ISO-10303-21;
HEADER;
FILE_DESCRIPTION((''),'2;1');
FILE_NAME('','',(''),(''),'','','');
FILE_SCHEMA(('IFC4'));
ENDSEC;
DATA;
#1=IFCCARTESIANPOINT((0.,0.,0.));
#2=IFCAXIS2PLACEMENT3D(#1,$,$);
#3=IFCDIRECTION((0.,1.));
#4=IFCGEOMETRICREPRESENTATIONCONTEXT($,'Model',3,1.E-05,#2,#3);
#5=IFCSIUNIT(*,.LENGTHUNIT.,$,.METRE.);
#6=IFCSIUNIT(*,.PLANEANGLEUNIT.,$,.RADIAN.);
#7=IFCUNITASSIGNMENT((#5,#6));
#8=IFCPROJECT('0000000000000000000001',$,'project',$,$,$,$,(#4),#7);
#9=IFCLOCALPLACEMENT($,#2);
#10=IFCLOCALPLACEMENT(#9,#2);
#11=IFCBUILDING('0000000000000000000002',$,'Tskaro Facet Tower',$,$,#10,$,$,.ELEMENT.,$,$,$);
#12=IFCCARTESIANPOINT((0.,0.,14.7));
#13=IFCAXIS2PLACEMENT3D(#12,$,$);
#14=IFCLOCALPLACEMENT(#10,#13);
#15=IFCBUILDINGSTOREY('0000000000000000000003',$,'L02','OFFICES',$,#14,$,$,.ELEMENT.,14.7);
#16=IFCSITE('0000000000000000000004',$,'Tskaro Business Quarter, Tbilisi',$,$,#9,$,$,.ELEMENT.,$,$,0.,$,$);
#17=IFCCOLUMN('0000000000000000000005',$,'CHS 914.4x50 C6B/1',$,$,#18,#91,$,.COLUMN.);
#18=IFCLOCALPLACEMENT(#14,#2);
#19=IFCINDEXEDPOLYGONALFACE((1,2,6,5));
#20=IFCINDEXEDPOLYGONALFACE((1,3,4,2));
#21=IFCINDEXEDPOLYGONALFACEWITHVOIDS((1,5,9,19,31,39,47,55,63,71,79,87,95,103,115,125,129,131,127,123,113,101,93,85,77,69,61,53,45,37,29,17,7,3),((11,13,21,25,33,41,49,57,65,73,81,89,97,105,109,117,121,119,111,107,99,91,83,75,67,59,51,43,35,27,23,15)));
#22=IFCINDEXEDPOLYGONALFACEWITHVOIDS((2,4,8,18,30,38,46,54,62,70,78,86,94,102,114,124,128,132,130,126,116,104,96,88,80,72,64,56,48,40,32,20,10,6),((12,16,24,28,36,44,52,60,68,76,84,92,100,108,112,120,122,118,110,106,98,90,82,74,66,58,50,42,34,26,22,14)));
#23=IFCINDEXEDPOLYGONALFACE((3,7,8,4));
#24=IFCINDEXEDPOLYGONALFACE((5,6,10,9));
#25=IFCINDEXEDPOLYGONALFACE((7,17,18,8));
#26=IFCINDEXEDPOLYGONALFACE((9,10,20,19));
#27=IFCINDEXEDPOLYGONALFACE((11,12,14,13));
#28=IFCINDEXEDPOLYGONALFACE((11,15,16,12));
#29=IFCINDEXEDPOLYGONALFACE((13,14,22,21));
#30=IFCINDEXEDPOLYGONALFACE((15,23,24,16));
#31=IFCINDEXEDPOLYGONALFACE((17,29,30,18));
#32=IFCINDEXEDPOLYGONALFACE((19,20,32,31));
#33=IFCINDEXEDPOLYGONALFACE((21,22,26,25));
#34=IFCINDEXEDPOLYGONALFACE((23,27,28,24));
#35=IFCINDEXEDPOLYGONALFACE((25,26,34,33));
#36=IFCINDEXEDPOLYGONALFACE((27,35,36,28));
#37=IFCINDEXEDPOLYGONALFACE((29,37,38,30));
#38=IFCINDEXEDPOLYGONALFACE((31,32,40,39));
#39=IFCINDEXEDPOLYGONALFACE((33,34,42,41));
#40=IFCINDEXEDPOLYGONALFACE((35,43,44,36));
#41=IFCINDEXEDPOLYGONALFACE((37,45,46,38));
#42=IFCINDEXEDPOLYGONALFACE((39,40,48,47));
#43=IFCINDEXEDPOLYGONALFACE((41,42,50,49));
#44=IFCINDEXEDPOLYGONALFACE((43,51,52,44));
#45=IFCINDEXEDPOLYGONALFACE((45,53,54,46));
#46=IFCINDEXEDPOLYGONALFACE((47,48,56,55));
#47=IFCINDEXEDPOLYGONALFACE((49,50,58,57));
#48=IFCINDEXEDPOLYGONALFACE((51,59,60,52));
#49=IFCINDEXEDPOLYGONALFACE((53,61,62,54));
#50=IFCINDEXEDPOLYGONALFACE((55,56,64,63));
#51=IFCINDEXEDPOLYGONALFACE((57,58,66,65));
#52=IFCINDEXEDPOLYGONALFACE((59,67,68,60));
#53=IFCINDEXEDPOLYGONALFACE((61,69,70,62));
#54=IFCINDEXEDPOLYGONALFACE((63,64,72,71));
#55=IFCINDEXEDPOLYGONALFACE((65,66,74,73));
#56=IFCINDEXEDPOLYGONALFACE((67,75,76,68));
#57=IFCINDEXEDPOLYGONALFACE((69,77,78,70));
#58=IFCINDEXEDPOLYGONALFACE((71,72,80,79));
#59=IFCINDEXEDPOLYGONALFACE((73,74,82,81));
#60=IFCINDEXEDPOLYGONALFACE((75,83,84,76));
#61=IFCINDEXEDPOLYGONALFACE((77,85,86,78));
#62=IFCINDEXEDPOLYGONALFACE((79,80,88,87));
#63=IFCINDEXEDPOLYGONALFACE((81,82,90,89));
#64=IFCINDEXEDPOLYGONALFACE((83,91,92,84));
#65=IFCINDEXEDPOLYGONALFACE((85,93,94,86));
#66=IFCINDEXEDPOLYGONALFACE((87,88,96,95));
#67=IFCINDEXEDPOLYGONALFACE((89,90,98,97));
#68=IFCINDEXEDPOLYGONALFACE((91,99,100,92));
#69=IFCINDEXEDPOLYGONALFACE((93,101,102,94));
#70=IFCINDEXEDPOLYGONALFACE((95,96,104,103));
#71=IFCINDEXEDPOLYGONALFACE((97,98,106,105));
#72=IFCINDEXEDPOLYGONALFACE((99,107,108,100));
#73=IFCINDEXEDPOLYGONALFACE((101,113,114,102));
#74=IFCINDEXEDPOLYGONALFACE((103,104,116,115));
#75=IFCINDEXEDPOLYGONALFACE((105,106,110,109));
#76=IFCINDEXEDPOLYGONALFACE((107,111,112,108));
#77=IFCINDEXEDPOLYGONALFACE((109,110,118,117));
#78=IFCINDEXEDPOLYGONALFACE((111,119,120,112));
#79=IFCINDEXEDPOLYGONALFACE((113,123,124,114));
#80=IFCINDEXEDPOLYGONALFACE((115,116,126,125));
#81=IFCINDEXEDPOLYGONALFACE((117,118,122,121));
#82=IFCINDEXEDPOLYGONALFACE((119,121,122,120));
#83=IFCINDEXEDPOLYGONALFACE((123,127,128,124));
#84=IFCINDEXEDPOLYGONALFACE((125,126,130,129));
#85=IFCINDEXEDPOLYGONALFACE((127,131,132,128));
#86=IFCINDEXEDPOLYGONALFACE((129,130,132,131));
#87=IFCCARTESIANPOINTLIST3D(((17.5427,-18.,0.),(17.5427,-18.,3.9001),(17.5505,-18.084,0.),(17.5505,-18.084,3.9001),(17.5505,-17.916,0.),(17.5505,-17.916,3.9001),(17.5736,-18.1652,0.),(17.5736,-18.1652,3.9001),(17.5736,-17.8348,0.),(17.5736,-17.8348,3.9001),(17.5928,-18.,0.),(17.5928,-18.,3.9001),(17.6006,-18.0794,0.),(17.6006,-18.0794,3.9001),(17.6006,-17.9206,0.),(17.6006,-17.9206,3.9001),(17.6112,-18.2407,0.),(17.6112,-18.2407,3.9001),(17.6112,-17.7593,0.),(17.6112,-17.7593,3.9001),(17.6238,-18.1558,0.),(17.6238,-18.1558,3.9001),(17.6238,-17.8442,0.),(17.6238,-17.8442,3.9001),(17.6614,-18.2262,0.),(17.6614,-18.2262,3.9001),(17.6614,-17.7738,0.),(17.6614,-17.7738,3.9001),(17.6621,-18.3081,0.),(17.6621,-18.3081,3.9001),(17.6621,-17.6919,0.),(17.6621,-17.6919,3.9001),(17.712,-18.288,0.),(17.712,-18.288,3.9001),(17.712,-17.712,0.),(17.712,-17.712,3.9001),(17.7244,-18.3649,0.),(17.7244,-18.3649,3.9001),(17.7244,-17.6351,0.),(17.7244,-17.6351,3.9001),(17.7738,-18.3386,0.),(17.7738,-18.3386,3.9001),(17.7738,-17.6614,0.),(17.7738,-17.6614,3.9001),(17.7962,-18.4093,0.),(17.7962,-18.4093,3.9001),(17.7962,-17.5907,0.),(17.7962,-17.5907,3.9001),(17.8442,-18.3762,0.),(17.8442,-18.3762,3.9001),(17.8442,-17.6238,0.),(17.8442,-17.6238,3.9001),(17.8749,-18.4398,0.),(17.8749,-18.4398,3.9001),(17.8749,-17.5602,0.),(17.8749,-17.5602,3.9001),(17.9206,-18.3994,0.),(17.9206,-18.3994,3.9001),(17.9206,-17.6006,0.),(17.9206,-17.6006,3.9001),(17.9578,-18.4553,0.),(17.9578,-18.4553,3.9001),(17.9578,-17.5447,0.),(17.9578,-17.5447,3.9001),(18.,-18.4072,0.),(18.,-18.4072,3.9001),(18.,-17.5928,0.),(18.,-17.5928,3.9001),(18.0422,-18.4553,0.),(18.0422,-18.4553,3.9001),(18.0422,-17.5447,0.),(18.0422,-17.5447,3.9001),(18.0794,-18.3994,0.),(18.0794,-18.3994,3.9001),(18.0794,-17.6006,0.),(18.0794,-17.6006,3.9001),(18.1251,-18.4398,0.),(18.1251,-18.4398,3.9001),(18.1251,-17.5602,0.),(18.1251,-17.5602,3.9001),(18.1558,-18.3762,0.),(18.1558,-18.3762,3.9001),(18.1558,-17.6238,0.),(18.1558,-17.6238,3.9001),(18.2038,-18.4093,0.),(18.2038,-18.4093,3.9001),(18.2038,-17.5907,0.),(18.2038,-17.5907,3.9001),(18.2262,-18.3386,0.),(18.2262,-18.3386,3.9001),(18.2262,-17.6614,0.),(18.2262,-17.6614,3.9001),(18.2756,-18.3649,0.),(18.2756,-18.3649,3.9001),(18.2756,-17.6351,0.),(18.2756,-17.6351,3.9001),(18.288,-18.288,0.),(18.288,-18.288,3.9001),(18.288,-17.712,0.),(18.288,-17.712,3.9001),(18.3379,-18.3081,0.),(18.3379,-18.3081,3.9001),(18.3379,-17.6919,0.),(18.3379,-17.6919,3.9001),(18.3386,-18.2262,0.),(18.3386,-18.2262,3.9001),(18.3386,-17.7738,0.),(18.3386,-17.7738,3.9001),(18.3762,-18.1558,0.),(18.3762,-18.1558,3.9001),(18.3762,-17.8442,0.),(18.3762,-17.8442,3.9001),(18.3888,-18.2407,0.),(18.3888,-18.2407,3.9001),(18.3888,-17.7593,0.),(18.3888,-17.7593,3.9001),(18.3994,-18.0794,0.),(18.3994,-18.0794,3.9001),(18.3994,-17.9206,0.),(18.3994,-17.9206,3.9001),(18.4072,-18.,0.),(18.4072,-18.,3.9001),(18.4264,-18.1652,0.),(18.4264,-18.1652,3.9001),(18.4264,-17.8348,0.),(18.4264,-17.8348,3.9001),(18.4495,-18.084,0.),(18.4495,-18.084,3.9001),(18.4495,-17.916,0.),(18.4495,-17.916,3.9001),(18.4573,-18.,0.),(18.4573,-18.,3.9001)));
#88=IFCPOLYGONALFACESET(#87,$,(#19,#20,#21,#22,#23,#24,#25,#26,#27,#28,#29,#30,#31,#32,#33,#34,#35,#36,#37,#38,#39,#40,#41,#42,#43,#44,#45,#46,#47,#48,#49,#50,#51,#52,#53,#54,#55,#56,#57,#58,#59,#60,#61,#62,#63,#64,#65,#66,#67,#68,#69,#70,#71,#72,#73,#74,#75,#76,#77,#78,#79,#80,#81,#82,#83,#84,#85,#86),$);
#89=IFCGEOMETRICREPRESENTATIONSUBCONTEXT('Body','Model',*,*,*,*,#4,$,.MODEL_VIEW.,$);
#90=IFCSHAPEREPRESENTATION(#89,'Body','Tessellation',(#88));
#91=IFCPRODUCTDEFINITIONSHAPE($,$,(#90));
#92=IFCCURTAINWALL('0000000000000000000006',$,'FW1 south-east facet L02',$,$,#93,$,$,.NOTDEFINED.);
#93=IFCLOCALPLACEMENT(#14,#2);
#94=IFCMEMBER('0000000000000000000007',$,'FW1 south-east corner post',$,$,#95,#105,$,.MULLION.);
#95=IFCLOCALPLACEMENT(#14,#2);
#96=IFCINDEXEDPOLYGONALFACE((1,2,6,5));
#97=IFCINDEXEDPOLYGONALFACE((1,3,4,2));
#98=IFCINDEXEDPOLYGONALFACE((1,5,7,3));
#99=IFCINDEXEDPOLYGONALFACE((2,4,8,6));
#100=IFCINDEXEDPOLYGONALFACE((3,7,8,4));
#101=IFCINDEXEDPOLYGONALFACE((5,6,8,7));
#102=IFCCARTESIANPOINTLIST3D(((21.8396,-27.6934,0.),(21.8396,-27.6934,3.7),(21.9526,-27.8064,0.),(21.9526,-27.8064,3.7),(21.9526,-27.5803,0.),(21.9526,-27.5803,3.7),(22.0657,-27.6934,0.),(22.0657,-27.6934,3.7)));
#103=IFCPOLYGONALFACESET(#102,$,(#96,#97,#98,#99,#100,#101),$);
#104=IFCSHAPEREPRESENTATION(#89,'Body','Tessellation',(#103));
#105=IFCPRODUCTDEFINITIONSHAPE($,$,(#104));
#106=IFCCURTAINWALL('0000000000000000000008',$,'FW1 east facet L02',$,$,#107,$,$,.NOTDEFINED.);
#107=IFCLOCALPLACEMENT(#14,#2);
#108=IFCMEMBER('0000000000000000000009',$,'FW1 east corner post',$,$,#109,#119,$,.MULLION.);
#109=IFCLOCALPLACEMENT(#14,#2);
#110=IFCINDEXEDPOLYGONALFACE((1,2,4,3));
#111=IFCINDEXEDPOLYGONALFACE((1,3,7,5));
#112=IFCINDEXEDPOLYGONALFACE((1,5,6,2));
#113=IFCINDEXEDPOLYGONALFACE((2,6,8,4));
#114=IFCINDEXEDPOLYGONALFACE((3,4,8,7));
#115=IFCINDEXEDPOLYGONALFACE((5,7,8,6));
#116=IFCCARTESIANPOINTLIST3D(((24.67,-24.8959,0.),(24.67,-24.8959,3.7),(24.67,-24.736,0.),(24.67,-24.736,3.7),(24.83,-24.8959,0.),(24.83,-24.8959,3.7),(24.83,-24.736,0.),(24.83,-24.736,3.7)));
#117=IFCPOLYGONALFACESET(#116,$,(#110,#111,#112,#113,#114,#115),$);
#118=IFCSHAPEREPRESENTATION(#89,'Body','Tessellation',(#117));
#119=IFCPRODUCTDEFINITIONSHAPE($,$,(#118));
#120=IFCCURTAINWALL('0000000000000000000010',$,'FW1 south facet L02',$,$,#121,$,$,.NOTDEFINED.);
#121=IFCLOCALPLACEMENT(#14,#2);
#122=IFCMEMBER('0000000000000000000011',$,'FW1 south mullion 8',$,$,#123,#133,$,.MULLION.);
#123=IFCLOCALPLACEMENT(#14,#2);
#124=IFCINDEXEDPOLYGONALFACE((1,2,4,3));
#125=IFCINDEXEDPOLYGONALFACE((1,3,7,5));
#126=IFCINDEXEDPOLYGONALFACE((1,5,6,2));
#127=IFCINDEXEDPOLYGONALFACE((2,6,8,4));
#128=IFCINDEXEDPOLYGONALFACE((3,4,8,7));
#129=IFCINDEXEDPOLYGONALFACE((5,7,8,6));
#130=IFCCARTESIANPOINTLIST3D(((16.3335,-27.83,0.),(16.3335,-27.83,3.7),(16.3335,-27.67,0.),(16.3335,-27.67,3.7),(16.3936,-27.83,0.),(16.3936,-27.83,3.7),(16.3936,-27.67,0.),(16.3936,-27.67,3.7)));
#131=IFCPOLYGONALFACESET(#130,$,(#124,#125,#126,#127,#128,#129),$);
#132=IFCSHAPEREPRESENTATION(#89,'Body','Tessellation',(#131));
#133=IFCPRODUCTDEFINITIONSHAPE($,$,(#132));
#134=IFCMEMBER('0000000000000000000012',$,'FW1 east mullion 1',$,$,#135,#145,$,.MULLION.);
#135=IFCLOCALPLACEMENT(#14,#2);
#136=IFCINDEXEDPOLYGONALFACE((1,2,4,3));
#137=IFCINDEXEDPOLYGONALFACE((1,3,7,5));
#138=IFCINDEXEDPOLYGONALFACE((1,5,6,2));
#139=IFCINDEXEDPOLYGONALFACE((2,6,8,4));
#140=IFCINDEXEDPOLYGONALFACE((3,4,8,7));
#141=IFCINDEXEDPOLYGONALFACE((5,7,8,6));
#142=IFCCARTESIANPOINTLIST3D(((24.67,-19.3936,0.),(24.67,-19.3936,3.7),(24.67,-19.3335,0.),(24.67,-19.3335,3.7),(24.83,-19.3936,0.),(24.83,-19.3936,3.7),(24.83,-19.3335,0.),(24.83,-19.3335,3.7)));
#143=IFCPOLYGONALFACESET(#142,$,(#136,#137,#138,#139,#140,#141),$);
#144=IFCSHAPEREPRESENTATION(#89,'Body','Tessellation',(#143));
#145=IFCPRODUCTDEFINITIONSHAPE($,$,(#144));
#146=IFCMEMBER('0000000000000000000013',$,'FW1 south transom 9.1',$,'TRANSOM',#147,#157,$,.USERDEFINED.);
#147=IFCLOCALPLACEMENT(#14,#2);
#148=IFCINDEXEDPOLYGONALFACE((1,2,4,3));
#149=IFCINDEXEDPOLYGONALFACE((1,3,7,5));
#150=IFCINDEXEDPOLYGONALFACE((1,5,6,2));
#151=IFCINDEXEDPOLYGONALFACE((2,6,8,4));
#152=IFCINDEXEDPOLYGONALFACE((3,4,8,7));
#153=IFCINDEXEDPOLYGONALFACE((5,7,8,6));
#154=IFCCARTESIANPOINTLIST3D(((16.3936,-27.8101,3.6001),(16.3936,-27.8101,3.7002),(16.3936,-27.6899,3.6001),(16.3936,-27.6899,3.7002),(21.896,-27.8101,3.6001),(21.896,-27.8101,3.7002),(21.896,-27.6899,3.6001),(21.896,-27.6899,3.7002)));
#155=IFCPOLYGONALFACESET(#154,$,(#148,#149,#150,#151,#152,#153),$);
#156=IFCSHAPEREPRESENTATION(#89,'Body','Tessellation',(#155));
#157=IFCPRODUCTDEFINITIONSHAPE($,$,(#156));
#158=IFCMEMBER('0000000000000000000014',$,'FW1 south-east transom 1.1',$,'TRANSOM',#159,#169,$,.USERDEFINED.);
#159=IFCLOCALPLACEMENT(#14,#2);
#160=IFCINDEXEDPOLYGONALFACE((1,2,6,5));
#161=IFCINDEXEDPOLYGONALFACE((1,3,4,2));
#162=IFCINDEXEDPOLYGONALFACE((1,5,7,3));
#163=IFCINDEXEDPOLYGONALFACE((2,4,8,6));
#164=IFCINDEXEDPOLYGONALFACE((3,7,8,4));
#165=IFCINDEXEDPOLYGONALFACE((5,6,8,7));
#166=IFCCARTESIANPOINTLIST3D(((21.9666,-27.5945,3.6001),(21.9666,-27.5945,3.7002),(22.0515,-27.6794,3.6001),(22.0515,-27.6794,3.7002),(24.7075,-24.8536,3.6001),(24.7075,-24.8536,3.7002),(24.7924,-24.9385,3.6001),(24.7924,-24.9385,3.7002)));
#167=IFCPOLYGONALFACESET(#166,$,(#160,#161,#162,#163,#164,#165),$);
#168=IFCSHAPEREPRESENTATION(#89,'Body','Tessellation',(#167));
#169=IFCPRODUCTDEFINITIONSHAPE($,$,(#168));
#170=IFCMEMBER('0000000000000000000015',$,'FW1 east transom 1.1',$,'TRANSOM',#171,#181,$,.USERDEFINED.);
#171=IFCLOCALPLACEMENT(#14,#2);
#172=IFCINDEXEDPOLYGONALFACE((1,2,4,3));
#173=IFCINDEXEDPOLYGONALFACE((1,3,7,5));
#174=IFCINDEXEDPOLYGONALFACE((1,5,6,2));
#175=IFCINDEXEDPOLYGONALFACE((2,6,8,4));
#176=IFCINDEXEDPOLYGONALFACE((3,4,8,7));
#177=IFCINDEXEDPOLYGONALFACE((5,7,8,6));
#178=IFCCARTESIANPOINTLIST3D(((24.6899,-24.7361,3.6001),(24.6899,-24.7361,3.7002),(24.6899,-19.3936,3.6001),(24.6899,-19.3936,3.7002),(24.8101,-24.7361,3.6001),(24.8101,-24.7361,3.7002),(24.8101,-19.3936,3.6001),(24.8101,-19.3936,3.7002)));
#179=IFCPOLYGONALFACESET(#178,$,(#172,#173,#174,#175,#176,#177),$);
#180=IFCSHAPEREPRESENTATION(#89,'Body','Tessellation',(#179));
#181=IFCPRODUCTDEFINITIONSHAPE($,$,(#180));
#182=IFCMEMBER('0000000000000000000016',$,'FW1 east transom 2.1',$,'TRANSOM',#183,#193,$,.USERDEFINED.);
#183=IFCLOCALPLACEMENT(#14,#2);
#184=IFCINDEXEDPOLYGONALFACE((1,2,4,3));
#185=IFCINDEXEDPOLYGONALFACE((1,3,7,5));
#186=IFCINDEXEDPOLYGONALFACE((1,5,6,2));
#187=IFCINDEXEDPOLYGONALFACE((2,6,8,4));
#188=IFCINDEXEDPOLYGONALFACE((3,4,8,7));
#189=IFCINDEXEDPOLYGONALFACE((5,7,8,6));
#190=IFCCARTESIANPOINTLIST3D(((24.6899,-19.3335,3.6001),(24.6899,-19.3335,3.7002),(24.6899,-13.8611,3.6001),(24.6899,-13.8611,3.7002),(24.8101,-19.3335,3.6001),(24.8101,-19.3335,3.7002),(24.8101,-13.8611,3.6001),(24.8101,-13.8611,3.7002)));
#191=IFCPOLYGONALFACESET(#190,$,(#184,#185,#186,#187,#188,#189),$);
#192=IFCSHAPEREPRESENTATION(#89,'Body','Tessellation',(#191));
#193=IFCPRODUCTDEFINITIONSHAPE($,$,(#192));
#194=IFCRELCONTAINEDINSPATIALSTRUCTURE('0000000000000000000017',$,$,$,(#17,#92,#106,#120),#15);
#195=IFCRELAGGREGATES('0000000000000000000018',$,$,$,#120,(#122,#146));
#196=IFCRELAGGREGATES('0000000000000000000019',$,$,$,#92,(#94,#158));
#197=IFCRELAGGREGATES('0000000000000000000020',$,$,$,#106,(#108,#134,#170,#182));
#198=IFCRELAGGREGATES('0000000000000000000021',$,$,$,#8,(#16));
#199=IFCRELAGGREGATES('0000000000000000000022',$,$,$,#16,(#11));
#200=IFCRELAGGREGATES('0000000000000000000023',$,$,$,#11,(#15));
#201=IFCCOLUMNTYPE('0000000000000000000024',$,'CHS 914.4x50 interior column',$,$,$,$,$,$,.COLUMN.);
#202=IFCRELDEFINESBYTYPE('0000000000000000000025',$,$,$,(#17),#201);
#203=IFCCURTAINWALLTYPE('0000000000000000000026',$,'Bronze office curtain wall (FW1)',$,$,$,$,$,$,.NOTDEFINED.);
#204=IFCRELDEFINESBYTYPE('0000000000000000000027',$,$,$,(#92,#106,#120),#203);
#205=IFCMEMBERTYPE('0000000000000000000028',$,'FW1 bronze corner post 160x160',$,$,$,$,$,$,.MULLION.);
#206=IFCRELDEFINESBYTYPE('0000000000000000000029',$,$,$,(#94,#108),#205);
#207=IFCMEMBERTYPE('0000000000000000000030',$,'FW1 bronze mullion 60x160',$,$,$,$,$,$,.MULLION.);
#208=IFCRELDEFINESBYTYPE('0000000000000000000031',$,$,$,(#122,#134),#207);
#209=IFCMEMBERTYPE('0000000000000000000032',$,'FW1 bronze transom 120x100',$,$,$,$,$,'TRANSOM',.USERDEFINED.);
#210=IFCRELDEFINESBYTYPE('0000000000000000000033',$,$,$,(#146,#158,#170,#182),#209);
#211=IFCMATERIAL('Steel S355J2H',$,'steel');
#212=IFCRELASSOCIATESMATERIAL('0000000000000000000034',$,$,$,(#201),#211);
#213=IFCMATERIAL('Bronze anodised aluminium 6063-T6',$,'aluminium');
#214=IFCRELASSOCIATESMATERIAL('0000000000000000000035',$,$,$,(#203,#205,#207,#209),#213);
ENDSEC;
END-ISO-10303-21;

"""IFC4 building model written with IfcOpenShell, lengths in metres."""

from ifc_helpers import new_model, si_unit, direction, frame, origin, origin_2d, place, context, subcontext, project, spatial, rectangle, hollow_circle, extrude, material, material_profile, profile_set, type_object, element, aggregate, save


model = new_model("IFC4")

# Units and contexts
model_context = context("Model", 3, precision=1e-05, world=origin(), true_north=direction((0.0, 1.0)))
body_context = subcontext(model_context, "Body", "Model", "MODEL_VIEW")
ifc_project = project(units=[si_unit("LENGTHUNIT", "METRE"), si_unit("PLANEANGLEUNIT", "RADIAN")], contexts=[model_context])

# Site, building, storey
site_placement = place(None, origin())
site = spatial("IfcSite", under=ifc_project, at=site_placement, Name="Tskaro Business Quarter, Tbilisi", CompositionType="ELEMENT", RefElevation=0.0)
building_placement = place(site_placement, origin())
building = spatial("IfcBuilding", under=site, at=building_placement, Name="Tskaro Facet Tower", CompositionType="ELEMENT")
storey_placement = place(building_placement, frame((0.0, 0.0, 14.7)))
storey = spatial("IfcBuildingStorey", under=building, at=storey_placement, Name="L02", Description="OFFICES", CompositionType="ELEMENT", Elevation=14.7)

# Column
ifc_material_1 = material(Name="Steel S355J2H", Category="steel")
ifc_material_profile_1 = material_profile(ifc_material_1, hollow_circle(Radius=0.4573, WallThickness=0.05, at=origin_2d()), Name="CHS 914.4x50")
ifc_profile_set_1 = profile_set([ifc_material_profile_1], Name="Steel S355J2H")
column_type_1 = type_object("IfcColumnType", Name="CHS 914.4x50 interior column", PredefinedType="COLUMN", material=ifc_profile_set_1)
column_placement = place(storey_placement, frame((18.0, -18.0, 0.0), z_axis=(0.0, 0.0, 1.0), x_axis=(1.0, 0.0, 0.0)))
element("IfcColumn", 1, at=column_placement, inside=storey, type_object=column_type_1, Name="CHS 914.4x50 C6B/1", PredefinedType="COLUMN", context=body_context, shape_type="SweptSolid", body=[
    extrude(hollow_circle(Radius=0.4573, WallThickness=0.05, at=origin_2d()), origin(), (0.0, 0.0, 1.0), 3.9001),
])

# Curtain walls, members
ifc_material_2 = material(Name="Bronze anodised aluminium 6063-T6", Category="aluminium")
curtain_wall_type = type_object("IfcCurtainWallType", Name="Bronze office curtain wall (FW1)", PredefinedType="NOTDEFINED", material=ifc_material_2)
curtain_wall_1_placement = place(storey_placement, origin())
curtain_wall_1 = element("IfcCurtainWall", 2, at=curtain_wall_1_placement, inside=storey, type_object=curtain_wall_type, Name="FW1 south-east facet L02", PredefinedType="NOTDEFINED")
ifc_material_profile_2 = material_profile(ifc_material_2, rectangle(XDim=0.1599, YDim=0.1599, at=origin_2d()), Name="Corner post 160x160")
ifc_profile_set_2 = profile_set([ifc_material_profile_2], Name="Bronze anodised aluminium 6063-T6")
member_type_1 = type_object("IfcMemberType", Name="FW1 bronze corner post 160x160", PredefinedType="MULLION", material=ifc_profile_set_2)
member_1_placement = place(storey_placement, frame((21.9526, -27.6934, 0.0), z_axis=(0.0, 0.0, 1.0), x_axis=(0.707107, 0.707107, 0.0)))
member_1 = element("IfcMember", 3, at=member_1_placement, type_object=member_type_1, Name="FW1 south-east corner post", PredefinedType="MULLION", context=body_context, shape_type="SweptSolid", body=[
    extrude(rectangle(XDim=0.1599, YDim=0.1599, at=origin_2d()), origin(), (0.0, 0.0, 1.0), 3.7),
])
curtain_wall_2_placement = place(storey_placement, origin())
curtain_wall_2 = element("IfcCurtainWall", 4, at=curtain_wall_2_placement, inside=storey, type_object=curtain_wall_type, Name="FW1 east facet L02", PredefinedType="NOTDEFINED")
member_2_placement = place(storey_placement, frame((24.75, -24.8159, 0.0), z_axis=(0.0, 0.0, 1.0), x_axis=(0.0, 1.0, 0.0)))
member_2 = element("IfcMember", 5, at=member_2_placement, type_object=member_type_1, Name="FW1 east corner post", PredefinedType="MULLION", context=body_context, shape_type="SweptSolid", body=[
    extrude(rectangle(XDim=0.1599, YDim=0.1599, at=origin_2d()), origin(), (0.0, 0.0, 1.0), 3.7),
])
curtain_wall_3_placement = place(storey_placement, origin())
curtain_wall_3 = element("IfcCurtainWall", 6, at=curtain_wall_3_placement, inside=storey, type_object=curtain_wall_type, Name="FW1 south facet L02", PredefinedType="NOTDEFINED")
ifc_material_profile_3 = material_profile(ifc_material_2, rectangle(XDim=0.0601, YDim=0.1599, at=origin_2d()), Name="Mullion 60x160")
ifc_profile_set_3 = profile_set([ifc_material_profile_3], Name="Bronze anodised aluminium 6063-T6")
member_type_2 = type_object("IfcMemberType", Name="FW1 bronze mullion 60x160", PredefinedType="MULLION", material=ifc_profile_set_3)
member_3_placement = place(storey_placement, frame((16.3635, -27.75, 0.0), z_axis=(0.0, 0.0, 1.0), x_axis=(1.0, 0.0, 0.0)))
member_3 = element("IfcMember", 7, at=member_3_placement, type_object=member_type_2, Name="FW1 south mullion 8", PredefinedType="MULLION", context=body_context, shape_type="SweptSolid", body=[
    extrude(rectangle(XDim=0.0601, YDim=0.1599, at=origin_2d()), origin(), (0.0, 0.0, 1.0), 3.7),
])

# Members
member_4_placement = place(storey_placement, frame((24.75, -19.3635, 0.0), z_axis=(0.0, 0.0, 1.0), x_axis=(0.0, 1.0, 0.0)))
member_4 = element("IfcMember", 8, at=member_4_placement, type_object=member_type_2, Name="FW1 east mullion 1", PredefinedType="MULLION", context=body_context, shape_type="SweptSolid", body=[
    extrude(rectangle(XDim=0.0601, YDim=0.1599, at=origin_2d()), origin(), (0.0, 0.0, 1.0), 3.7),
])
ifc_material_profile_4 = material_profile(ifc_material_2, rectangle(XDim=0.1201, YDim=0.1001, at=origin_2d()), Name="Transom 120x100")
ifc_profile_set_4 = profile_set([ifc_material_profile_4], Name="Bronze anodised aluminium 6063-T6")
member_type_3 = type_object("IfcMemberType", Name="FW1 bronze transom 120x100", ElementType="TRANSOM", PredefinedType="USERDEFINED", material=ifc_profile_set_4)
member_5_placement = place(storey_placement, frame((16.3936, -27.75, 3.6501), z_axis=(1.0, 0.0, 0.0), x_axis=(0.0, 1.0, 0.0)))
member_5 = element("IfcMember", 9, at=member_5_placement, type_object=member_type_3, Name="FW1 south transom 9.1", ObjectType="TRANSOM", PredefinedType="USERDEFINED", context=body_context, shape_type="SweptSolid", body=[
    extrude(rectangle(XDim=0.1201, YDim=0.1001, at=origin_2d()), origin(), (0.0, 0.0, 1.0), 5.5024),
])
member_6_placement = place(storey_placement, frame((22.009, -27.637, 3.6501), z_axis=(0.707107, 0.707107, 0.0), x_axis=(-0.707107, 0.707107, 0.0)))
member_6 = element("IfcMember", 10, at=member_6_placement, type_object=member_type_3, Name="FW1 south-east transom 1.1", ObjectType="TRANSOM", PredefinedType="USERDEFINED", context=body_context, shape_type="SweptSolid", body=[
    extrude(rectangle(XDim=0.1201, YDim=0.1001, at=origin_2d()), origin(), (0.0, 0.0, 1.0), 3.8762),
])
member_7_placement = place(storey_placement, frame((24.75, -24.7361, 3.6501), z_axis=(0.0, 1.0, 0.0), x_axis=(-1.0, 0.0, 0.0)))
member_7 = element("IfcMember", 11, at=member_7_placement, type_object=member_type_3, Name="FW1 east transom 1.1", ObjectType="TRANSOM", PredefinedType="USERDEFINED", context=body_context, shape_type="SweptSolid", body=[
    extrude(rectangle(XDim=0.1201, YDim=0.1001, at=origin_2d()), origin(), (0.0, 0.0, 1.0), 5.3425),
])
member_8_placement = place(storey_placement, frame((24.75, -19.3335, 3.6501), z_axis=(0.0, 1.0, 0.0), x_axis=(-1.0, 0.0, 0.0)))
member_8 = element("IfcMember", 12, at=member_8_placement, type_object=member_type_3, Name="FW1 east transom 2.1", ObjectType="TRANSOM", PredefinedType="USERDEFINED", context=body_context, shape_type="SweptSolid", body=[
    extrude(rectangle(XDim=0.1201, YDim=0.1001, at=origin_2d()), origin(), (0.0, 0.0, 1.0), 5.4724),
])

aggregate(curtain_wall_3, [member_3, member_5])
aggregate(curtain_wall_1, [member_1, member_6])
aggregate(curtain_wall_2, [member_2, member_4, member_7, member_8])

save(model, "model.ifc")
